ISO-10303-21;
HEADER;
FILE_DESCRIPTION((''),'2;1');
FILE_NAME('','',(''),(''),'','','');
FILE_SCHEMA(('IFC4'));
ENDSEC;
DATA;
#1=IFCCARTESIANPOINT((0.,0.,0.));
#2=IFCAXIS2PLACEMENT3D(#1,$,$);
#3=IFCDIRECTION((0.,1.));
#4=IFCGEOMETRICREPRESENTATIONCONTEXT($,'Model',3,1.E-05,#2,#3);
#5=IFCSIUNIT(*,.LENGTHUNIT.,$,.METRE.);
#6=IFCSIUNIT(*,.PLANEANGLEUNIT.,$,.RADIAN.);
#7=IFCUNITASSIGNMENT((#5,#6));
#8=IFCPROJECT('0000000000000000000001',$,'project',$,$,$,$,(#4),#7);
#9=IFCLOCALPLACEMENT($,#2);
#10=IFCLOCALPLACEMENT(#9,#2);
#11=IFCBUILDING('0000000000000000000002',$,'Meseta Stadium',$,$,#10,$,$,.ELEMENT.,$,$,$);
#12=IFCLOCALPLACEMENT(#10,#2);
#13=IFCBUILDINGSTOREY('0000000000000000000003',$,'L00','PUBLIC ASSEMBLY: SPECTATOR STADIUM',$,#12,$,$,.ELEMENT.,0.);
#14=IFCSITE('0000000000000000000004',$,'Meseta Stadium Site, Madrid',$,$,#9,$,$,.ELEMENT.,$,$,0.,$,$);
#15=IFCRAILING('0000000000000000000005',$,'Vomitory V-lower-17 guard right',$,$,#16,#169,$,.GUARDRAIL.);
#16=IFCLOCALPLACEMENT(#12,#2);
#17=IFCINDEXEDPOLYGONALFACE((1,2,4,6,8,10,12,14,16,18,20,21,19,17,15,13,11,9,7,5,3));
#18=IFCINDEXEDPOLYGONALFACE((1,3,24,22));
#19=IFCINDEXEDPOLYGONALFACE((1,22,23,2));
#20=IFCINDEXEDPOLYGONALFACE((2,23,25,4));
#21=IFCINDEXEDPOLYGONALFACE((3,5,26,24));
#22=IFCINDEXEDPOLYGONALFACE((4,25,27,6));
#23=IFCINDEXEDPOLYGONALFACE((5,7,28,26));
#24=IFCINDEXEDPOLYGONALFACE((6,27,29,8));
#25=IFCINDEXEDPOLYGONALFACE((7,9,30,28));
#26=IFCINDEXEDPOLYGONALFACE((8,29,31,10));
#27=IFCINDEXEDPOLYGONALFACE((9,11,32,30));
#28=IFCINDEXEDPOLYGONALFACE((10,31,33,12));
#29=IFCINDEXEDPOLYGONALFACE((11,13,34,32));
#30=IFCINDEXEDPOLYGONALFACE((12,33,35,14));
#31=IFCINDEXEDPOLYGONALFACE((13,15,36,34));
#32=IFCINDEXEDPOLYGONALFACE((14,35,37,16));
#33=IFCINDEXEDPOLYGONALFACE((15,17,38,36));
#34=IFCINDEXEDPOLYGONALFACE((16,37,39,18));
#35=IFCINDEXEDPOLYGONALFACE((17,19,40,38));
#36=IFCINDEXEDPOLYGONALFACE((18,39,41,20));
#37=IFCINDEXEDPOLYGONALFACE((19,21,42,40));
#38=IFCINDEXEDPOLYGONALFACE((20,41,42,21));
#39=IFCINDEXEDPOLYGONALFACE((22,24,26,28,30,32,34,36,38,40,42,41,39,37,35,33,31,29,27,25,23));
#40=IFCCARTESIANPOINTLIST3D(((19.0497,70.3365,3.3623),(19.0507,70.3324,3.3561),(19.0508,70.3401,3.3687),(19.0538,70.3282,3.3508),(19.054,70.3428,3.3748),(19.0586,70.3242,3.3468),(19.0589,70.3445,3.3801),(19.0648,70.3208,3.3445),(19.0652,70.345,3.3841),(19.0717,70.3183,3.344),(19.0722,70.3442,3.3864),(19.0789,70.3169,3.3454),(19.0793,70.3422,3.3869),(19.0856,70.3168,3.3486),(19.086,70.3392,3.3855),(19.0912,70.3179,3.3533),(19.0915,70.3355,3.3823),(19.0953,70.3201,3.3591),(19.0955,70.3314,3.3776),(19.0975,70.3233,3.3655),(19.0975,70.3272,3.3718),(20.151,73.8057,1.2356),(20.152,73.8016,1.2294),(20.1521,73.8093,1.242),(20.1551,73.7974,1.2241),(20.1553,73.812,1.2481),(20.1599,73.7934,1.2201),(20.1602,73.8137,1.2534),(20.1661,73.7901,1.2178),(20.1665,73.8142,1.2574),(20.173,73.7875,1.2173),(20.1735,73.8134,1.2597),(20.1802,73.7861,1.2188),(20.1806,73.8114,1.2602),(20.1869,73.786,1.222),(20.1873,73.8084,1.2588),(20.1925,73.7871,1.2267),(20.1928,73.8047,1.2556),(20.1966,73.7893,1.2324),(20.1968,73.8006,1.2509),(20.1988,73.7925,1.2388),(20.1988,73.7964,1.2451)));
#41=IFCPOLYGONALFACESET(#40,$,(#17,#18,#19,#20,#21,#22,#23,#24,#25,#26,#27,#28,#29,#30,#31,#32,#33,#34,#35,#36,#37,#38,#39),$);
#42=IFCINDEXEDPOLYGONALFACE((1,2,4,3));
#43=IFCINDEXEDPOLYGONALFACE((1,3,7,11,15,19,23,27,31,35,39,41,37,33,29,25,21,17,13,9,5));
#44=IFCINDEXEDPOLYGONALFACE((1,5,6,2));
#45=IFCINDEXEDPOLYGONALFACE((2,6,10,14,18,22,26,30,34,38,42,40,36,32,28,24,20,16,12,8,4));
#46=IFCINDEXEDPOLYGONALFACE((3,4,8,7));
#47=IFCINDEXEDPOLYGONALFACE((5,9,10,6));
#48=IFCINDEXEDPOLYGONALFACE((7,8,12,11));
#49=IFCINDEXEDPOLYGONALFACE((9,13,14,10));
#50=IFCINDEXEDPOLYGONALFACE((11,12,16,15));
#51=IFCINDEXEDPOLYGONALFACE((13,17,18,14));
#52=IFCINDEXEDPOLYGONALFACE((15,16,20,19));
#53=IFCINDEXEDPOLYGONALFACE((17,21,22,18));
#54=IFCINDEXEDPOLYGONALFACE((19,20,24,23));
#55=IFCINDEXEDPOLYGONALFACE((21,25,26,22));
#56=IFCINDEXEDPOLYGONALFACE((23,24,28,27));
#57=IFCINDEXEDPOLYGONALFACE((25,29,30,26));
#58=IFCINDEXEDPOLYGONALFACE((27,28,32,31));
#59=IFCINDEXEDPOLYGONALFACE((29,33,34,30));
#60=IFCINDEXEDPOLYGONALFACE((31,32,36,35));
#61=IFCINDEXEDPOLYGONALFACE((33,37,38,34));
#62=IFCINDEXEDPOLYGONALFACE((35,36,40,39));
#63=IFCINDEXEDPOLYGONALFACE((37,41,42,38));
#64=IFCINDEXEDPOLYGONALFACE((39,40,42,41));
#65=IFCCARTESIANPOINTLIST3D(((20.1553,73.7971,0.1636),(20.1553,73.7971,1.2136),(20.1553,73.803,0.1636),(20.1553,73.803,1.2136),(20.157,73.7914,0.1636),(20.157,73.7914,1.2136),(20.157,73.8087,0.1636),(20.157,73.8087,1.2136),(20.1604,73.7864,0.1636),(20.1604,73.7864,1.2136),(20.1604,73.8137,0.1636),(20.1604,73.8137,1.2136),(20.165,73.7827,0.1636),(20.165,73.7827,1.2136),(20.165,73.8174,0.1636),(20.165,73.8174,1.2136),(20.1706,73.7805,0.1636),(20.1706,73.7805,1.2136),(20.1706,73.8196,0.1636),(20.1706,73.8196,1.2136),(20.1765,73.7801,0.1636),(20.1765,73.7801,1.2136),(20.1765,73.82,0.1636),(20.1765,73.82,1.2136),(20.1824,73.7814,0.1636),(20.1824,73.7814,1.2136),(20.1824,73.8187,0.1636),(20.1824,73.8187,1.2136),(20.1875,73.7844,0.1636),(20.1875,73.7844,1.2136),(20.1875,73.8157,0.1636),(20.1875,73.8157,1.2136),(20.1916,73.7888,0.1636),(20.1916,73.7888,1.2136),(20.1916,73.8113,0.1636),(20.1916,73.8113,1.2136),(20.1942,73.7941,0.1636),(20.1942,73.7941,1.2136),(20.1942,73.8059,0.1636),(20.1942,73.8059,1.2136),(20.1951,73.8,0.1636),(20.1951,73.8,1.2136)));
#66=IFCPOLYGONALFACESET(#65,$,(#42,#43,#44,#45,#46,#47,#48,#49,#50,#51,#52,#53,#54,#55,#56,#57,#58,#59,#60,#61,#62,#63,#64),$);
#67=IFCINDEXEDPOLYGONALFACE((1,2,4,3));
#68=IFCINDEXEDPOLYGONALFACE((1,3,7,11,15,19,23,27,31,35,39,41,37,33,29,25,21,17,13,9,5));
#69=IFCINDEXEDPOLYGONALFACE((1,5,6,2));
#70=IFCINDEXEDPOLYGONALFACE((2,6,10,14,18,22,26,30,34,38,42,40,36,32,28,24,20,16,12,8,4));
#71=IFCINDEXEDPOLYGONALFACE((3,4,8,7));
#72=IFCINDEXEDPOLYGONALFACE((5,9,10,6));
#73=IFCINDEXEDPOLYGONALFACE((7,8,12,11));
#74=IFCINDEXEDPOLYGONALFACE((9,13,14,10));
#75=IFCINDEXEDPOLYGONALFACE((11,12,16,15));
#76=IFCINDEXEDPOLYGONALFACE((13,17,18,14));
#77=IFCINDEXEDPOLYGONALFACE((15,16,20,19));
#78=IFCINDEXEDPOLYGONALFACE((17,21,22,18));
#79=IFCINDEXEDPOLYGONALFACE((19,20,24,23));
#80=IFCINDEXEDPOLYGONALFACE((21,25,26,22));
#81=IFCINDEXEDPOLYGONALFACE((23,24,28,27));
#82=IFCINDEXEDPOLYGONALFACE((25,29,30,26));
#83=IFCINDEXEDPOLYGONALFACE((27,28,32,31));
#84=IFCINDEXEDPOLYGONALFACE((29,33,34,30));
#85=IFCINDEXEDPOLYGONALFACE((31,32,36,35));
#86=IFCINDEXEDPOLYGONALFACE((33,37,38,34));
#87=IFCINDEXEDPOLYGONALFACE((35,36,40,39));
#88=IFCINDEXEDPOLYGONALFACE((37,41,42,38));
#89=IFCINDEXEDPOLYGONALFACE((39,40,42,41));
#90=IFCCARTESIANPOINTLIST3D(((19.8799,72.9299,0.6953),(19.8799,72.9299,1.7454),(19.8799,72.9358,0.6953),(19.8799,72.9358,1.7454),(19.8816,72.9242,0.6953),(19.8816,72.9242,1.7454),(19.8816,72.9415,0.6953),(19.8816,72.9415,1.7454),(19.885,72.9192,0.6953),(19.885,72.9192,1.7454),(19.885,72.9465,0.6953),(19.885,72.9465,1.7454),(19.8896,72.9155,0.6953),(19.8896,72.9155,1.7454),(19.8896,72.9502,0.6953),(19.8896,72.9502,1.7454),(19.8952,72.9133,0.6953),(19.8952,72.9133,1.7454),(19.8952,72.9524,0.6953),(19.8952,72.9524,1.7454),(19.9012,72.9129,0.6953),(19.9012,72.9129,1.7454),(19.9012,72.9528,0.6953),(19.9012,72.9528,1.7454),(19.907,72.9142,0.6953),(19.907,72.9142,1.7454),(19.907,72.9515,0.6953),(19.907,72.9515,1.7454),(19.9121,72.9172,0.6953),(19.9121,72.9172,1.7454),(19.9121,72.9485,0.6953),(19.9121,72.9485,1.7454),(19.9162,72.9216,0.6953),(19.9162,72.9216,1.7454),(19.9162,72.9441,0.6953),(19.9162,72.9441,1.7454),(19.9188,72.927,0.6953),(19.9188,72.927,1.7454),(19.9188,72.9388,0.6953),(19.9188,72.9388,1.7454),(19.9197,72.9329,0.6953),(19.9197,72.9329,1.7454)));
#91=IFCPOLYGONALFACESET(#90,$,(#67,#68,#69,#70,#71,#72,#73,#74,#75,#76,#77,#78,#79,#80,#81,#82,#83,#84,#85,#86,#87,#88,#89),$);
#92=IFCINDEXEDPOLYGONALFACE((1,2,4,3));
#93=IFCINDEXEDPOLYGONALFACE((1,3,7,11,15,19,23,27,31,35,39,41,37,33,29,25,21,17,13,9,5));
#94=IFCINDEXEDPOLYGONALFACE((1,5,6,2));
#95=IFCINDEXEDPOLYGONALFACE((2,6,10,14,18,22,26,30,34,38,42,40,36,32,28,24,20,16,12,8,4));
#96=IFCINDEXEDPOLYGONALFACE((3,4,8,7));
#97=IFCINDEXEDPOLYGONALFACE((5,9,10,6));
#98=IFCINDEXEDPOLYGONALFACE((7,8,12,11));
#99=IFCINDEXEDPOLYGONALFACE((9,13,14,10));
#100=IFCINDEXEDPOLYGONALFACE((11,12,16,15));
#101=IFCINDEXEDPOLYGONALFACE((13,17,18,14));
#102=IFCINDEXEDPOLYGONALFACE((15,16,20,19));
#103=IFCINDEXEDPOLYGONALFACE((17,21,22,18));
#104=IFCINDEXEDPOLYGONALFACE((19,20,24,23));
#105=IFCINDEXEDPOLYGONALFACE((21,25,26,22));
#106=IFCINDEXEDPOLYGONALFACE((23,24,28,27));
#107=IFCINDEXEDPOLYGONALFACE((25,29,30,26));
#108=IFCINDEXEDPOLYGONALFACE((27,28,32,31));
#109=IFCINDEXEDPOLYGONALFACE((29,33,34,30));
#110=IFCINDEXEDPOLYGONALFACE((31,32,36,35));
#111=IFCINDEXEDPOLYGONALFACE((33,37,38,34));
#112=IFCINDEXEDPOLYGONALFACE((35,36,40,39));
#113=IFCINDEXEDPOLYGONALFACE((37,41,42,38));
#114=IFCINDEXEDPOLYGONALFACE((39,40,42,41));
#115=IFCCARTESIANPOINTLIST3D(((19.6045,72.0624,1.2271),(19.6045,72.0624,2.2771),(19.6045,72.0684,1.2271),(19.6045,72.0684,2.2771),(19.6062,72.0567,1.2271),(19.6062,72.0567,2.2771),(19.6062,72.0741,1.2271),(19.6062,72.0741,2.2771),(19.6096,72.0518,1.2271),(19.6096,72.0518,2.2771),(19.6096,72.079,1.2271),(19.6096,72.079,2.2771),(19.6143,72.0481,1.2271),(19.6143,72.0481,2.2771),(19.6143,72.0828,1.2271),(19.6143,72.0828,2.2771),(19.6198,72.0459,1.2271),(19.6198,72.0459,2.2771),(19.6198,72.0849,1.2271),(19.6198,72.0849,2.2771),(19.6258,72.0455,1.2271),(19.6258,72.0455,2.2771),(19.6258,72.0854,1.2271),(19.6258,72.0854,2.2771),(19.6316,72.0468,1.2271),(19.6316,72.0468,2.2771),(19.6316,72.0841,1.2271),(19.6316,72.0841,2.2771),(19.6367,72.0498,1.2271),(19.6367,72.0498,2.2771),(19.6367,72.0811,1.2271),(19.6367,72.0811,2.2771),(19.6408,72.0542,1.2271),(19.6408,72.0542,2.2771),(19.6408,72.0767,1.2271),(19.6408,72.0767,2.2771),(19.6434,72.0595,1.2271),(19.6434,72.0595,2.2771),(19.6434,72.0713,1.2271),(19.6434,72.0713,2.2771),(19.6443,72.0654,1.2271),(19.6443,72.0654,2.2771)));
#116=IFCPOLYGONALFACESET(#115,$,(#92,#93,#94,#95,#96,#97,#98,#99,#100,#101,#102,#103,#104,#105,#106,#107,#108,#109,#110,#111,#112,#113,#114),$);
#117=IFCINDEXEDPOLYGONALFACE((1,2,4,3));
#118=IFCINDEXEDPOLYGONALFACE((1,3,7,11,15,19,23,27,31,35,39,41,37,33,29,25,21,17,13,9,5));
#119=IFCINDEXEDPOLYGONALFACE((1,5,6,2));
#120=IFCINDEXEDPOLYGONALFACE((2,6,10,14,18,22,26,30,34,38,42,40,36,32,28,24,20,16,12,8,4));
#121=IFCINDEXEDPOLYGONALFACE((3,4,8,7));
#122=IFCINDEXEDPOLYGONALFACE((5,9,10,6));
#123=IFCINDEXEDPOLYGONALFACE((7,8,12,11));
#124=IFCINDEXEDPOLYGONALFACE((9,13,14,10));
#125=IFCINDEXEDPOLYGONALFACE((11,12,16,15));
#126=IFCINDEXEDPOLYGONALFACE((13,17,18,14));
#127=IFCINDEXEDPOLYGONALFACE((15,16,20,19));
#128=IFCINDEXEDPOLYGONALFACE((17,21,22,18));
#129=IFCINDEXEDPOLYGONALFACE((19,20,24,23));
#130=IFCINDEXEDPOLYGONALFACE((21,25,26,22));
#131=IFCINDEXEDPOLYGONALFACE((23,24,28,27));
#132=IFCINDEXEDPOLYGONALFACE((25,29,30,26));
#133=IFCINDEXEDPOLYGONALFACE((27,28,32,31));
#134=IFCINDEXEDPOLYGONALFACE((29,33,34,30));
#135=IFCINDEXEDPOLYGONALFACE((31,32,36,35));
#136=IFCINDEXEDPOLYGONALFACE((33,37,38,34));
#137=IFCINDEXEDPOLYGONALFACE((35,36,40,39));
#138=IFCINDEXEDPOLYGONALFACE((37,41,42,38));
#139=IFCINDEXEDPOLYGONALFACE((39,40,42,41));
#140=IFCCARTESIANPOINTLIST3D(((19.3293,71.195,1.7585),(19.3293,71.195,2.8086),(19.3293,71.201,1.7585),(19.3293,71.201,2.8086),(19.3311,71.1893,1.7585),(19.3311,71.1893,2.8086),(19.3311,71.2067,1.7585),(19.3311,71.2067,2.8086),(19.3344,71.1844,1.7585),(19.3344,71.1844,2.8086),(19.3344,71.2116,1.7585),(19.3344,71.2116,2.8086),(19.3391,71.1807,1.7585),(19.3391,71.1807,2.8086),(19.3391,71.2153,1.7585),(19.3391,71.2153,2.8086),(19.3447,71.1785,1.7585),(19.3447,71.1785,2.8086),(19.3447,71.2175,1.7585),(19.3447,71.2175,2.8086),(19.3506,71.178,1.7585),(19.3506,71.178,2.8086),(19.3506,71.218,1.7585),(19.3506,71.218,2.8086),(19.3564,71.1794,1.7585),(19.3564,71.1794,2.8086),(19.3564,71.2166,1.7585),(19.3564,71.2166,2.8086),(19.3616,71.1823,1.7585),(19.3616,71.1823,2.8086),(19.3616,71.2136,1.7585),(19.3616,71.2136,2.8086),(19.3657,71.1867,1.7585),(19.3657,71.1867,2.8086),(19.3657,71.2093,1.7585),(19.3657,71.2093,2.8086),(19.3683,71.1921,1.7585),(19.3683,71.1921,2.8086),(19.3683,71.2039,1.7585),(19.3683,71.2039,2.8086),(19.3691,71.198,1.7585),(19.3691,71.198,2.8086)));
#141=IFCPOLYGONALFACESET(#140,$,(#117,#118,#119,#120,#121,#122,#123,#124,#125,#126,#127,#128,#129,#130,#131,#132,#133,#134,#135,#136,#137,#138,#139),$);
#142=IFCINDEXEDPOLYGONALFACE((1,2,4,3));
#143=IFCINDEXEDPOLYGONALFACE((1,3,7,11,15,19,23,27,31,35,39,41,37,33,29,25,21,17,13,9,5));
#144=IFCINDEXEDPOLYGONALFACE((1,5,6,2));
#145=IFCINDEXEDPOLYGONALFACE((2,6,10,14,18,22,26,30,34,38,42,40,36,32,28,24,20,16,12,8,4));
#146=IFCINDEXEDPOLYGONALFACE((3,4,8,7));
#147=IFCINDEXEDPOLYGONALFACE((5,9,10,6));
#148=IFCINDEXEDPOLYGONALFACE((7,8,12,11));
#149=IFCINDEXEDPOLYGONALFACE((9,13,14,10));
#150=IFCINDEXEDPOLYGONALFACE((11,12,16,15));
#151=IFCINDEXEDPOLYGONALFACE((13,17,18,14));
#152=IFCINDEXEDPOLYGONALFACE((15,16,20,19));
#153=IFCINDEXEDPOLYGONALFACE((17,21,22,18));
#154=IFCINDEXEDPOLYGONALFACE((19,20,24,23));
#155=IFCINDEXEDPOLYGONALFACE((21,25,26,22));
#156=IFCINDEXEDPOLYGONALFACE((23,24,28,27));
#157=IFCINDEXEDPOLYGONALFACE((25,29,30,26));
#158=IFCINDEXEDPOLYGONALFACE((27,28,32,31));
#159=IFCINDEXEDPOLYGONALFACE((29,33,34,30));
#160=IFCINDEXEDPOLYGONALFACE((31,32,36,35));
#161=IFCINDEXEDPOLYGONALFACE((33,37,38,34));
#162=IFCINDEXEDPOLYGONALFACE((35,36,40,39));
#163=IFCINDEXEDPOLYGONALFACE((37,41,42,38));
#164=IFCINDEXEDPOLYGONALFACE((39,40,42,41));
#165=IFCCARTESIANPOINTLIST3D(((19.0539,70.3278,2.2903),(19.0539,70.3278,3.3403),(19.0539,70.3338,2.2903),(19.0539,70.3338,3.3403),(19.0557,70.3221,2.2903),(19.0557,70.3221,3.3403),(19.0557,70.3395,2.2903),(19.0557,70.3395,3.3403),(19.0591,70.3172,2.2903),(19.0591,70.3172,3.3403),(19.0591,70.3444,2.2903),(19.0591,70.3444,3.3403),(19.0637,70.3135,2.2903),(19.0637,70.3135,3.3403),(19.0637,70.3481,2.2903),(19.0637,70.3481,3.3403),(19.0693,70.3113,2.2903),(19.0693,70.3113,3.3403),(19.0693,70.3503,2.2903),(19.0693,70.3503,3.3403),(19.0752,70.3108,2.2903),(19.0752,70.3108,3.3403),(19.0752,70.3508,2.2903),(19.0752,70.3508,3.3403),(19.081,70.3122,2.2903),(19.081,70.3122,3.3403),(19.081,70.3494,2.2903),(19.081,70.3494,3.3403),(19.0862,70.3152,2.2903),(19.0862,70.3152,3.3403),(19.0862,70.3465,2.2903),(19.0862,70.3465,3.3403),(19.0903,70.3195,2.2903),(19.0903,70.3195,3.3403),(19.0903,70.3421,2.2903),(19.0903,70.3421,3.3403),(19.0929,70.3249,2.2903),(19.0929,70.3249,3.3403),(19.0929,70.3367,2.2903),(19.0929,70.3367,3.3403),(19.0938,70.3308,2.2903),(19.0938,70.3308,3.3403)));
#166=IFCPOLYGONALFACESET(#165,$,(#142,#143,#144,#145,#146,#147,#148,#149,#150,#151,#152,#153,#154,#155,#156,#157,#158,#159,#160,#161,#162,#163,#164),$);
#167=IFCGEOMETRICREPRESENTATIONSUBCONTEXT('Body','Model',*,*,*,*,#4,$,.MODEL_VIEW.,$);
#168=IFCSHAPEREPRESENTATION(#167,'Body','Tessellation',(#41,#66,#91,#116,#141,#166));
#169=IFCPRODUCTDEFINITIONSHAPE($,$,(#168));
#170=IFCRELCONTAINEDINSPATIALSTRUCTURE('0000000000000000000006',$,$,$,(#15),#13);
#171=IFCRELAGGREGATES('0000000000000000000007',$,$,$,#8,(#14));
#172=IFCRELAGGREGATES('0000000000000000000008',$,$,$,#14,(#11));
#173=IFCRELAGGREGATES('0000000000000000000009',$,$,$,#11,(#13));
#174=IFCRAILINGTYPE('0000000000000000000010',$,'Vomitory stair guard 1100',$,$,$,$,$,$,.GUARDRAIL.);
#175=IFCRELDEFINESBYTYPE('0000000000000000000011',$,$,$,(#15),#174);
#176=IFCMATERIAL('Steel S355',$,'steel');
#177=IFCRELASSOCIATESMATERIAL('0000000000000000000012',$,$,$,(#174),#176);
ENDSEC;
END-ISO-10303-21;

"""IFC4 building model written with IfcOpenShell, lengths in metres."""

from ifc_helpers import new_model, si_unit, direction, frame, origin, origin_2d, place, context, subcontext, project, spatial, circle, extrude, material, type_object, element, save


model = new_model("IFC4")

# Units and contexts
model_context = context("Model", 3, precision=1e-05, world=origin(), true_north=direction((0.0, 1.0)))
body_context = subcontext(model_context, "Body", "Model", "MODEL_VIEW")
ifc_project = project(units=[si_unit("LENGTHUNIT", "METRE"), si_unit("PLANEANGLEUNIT", "RADIAN")], contexts=[model_context])

# Site, building, storey
site_placement = place(None, origin())
site = spatial("IfcSite", under=ifc_project, at=site_placement, Name="Meseta Stadium Site, Madrid", CompositionType="ELEMENT", RefElevation=0.0)
building_placement = place(site_placement, origin())
building = spatial("IfcBuilding", under=site, at=building_placement, Name="Meseta Stadium", CompositionType="ELEMENT")
storey_placement = place(building_placement, origin())
storey = spatial("IfcBuildingStorey", under=building, at=storey_placement, Name="L00", Description="PUBLIC ASSEMBLY: SPECTATOR STADIUM", CompositionType="ELEMENT", Elevation=0.0)

# Railing
ifc_material_1 = material(Name="Steel S355", Category="steel")
railing_type_1 = type_object("IfcRailingType", Name="Vomitory stair guard 1100", PredefinedType="GUARDRAIL", material=ifc_material_1)
railing_1_placement = place(storey_placement, frame((20.175, 73.8, 0.1636)))
element("IfcRailing", 1, at=railing_1_placement, inside=storey, type_object=railing_type_1, Name="Vomitory V-lower-17 guard right", PredefinedType="GUARDRAIL", context=body_context, shape_type="SweptSolid", body=[
    extrude(circle(Radius=0.0249, at=origin_2d()), frame((0.0, 0.0, 1.0752), z_axis=(-0.261247, -0.82295, 0.504484), x_axis=(0.953126, -0.302572, 0.0)), (0.0, 0.0, 1.0), 4.2156),
    extrude(circle(Radius=0.02, at=origin_2d()), origin(), (0.0, 0.0, 1.0), 1.05),
    extrude(circle(Radius=0.02, at=origin_2d()), frame((-0.2754, -0.8672, 0.5317)), (0.0, 0.0, 1.0), 1.05),
    extrude(circle(Radius=0.02, at=origin_2d()), frame((-0.5508, -1.7346, 1.0635)), (0.0, 0.0, 1.0), 1.05),
    extrude(circle(Radius=0.02, at=origin_2d()), frame((-0.8259, -2.6021, 1.595)), (0.0, 0.0, 1.0), 1.05),
    extrude(circle(Radius=0.02, at=origin_2d()), frame((-1.1013, -3.4692, 2.1267)), (0.0, 0.0, 1.0), 1.05),
])

save(model, "model.ifc")
